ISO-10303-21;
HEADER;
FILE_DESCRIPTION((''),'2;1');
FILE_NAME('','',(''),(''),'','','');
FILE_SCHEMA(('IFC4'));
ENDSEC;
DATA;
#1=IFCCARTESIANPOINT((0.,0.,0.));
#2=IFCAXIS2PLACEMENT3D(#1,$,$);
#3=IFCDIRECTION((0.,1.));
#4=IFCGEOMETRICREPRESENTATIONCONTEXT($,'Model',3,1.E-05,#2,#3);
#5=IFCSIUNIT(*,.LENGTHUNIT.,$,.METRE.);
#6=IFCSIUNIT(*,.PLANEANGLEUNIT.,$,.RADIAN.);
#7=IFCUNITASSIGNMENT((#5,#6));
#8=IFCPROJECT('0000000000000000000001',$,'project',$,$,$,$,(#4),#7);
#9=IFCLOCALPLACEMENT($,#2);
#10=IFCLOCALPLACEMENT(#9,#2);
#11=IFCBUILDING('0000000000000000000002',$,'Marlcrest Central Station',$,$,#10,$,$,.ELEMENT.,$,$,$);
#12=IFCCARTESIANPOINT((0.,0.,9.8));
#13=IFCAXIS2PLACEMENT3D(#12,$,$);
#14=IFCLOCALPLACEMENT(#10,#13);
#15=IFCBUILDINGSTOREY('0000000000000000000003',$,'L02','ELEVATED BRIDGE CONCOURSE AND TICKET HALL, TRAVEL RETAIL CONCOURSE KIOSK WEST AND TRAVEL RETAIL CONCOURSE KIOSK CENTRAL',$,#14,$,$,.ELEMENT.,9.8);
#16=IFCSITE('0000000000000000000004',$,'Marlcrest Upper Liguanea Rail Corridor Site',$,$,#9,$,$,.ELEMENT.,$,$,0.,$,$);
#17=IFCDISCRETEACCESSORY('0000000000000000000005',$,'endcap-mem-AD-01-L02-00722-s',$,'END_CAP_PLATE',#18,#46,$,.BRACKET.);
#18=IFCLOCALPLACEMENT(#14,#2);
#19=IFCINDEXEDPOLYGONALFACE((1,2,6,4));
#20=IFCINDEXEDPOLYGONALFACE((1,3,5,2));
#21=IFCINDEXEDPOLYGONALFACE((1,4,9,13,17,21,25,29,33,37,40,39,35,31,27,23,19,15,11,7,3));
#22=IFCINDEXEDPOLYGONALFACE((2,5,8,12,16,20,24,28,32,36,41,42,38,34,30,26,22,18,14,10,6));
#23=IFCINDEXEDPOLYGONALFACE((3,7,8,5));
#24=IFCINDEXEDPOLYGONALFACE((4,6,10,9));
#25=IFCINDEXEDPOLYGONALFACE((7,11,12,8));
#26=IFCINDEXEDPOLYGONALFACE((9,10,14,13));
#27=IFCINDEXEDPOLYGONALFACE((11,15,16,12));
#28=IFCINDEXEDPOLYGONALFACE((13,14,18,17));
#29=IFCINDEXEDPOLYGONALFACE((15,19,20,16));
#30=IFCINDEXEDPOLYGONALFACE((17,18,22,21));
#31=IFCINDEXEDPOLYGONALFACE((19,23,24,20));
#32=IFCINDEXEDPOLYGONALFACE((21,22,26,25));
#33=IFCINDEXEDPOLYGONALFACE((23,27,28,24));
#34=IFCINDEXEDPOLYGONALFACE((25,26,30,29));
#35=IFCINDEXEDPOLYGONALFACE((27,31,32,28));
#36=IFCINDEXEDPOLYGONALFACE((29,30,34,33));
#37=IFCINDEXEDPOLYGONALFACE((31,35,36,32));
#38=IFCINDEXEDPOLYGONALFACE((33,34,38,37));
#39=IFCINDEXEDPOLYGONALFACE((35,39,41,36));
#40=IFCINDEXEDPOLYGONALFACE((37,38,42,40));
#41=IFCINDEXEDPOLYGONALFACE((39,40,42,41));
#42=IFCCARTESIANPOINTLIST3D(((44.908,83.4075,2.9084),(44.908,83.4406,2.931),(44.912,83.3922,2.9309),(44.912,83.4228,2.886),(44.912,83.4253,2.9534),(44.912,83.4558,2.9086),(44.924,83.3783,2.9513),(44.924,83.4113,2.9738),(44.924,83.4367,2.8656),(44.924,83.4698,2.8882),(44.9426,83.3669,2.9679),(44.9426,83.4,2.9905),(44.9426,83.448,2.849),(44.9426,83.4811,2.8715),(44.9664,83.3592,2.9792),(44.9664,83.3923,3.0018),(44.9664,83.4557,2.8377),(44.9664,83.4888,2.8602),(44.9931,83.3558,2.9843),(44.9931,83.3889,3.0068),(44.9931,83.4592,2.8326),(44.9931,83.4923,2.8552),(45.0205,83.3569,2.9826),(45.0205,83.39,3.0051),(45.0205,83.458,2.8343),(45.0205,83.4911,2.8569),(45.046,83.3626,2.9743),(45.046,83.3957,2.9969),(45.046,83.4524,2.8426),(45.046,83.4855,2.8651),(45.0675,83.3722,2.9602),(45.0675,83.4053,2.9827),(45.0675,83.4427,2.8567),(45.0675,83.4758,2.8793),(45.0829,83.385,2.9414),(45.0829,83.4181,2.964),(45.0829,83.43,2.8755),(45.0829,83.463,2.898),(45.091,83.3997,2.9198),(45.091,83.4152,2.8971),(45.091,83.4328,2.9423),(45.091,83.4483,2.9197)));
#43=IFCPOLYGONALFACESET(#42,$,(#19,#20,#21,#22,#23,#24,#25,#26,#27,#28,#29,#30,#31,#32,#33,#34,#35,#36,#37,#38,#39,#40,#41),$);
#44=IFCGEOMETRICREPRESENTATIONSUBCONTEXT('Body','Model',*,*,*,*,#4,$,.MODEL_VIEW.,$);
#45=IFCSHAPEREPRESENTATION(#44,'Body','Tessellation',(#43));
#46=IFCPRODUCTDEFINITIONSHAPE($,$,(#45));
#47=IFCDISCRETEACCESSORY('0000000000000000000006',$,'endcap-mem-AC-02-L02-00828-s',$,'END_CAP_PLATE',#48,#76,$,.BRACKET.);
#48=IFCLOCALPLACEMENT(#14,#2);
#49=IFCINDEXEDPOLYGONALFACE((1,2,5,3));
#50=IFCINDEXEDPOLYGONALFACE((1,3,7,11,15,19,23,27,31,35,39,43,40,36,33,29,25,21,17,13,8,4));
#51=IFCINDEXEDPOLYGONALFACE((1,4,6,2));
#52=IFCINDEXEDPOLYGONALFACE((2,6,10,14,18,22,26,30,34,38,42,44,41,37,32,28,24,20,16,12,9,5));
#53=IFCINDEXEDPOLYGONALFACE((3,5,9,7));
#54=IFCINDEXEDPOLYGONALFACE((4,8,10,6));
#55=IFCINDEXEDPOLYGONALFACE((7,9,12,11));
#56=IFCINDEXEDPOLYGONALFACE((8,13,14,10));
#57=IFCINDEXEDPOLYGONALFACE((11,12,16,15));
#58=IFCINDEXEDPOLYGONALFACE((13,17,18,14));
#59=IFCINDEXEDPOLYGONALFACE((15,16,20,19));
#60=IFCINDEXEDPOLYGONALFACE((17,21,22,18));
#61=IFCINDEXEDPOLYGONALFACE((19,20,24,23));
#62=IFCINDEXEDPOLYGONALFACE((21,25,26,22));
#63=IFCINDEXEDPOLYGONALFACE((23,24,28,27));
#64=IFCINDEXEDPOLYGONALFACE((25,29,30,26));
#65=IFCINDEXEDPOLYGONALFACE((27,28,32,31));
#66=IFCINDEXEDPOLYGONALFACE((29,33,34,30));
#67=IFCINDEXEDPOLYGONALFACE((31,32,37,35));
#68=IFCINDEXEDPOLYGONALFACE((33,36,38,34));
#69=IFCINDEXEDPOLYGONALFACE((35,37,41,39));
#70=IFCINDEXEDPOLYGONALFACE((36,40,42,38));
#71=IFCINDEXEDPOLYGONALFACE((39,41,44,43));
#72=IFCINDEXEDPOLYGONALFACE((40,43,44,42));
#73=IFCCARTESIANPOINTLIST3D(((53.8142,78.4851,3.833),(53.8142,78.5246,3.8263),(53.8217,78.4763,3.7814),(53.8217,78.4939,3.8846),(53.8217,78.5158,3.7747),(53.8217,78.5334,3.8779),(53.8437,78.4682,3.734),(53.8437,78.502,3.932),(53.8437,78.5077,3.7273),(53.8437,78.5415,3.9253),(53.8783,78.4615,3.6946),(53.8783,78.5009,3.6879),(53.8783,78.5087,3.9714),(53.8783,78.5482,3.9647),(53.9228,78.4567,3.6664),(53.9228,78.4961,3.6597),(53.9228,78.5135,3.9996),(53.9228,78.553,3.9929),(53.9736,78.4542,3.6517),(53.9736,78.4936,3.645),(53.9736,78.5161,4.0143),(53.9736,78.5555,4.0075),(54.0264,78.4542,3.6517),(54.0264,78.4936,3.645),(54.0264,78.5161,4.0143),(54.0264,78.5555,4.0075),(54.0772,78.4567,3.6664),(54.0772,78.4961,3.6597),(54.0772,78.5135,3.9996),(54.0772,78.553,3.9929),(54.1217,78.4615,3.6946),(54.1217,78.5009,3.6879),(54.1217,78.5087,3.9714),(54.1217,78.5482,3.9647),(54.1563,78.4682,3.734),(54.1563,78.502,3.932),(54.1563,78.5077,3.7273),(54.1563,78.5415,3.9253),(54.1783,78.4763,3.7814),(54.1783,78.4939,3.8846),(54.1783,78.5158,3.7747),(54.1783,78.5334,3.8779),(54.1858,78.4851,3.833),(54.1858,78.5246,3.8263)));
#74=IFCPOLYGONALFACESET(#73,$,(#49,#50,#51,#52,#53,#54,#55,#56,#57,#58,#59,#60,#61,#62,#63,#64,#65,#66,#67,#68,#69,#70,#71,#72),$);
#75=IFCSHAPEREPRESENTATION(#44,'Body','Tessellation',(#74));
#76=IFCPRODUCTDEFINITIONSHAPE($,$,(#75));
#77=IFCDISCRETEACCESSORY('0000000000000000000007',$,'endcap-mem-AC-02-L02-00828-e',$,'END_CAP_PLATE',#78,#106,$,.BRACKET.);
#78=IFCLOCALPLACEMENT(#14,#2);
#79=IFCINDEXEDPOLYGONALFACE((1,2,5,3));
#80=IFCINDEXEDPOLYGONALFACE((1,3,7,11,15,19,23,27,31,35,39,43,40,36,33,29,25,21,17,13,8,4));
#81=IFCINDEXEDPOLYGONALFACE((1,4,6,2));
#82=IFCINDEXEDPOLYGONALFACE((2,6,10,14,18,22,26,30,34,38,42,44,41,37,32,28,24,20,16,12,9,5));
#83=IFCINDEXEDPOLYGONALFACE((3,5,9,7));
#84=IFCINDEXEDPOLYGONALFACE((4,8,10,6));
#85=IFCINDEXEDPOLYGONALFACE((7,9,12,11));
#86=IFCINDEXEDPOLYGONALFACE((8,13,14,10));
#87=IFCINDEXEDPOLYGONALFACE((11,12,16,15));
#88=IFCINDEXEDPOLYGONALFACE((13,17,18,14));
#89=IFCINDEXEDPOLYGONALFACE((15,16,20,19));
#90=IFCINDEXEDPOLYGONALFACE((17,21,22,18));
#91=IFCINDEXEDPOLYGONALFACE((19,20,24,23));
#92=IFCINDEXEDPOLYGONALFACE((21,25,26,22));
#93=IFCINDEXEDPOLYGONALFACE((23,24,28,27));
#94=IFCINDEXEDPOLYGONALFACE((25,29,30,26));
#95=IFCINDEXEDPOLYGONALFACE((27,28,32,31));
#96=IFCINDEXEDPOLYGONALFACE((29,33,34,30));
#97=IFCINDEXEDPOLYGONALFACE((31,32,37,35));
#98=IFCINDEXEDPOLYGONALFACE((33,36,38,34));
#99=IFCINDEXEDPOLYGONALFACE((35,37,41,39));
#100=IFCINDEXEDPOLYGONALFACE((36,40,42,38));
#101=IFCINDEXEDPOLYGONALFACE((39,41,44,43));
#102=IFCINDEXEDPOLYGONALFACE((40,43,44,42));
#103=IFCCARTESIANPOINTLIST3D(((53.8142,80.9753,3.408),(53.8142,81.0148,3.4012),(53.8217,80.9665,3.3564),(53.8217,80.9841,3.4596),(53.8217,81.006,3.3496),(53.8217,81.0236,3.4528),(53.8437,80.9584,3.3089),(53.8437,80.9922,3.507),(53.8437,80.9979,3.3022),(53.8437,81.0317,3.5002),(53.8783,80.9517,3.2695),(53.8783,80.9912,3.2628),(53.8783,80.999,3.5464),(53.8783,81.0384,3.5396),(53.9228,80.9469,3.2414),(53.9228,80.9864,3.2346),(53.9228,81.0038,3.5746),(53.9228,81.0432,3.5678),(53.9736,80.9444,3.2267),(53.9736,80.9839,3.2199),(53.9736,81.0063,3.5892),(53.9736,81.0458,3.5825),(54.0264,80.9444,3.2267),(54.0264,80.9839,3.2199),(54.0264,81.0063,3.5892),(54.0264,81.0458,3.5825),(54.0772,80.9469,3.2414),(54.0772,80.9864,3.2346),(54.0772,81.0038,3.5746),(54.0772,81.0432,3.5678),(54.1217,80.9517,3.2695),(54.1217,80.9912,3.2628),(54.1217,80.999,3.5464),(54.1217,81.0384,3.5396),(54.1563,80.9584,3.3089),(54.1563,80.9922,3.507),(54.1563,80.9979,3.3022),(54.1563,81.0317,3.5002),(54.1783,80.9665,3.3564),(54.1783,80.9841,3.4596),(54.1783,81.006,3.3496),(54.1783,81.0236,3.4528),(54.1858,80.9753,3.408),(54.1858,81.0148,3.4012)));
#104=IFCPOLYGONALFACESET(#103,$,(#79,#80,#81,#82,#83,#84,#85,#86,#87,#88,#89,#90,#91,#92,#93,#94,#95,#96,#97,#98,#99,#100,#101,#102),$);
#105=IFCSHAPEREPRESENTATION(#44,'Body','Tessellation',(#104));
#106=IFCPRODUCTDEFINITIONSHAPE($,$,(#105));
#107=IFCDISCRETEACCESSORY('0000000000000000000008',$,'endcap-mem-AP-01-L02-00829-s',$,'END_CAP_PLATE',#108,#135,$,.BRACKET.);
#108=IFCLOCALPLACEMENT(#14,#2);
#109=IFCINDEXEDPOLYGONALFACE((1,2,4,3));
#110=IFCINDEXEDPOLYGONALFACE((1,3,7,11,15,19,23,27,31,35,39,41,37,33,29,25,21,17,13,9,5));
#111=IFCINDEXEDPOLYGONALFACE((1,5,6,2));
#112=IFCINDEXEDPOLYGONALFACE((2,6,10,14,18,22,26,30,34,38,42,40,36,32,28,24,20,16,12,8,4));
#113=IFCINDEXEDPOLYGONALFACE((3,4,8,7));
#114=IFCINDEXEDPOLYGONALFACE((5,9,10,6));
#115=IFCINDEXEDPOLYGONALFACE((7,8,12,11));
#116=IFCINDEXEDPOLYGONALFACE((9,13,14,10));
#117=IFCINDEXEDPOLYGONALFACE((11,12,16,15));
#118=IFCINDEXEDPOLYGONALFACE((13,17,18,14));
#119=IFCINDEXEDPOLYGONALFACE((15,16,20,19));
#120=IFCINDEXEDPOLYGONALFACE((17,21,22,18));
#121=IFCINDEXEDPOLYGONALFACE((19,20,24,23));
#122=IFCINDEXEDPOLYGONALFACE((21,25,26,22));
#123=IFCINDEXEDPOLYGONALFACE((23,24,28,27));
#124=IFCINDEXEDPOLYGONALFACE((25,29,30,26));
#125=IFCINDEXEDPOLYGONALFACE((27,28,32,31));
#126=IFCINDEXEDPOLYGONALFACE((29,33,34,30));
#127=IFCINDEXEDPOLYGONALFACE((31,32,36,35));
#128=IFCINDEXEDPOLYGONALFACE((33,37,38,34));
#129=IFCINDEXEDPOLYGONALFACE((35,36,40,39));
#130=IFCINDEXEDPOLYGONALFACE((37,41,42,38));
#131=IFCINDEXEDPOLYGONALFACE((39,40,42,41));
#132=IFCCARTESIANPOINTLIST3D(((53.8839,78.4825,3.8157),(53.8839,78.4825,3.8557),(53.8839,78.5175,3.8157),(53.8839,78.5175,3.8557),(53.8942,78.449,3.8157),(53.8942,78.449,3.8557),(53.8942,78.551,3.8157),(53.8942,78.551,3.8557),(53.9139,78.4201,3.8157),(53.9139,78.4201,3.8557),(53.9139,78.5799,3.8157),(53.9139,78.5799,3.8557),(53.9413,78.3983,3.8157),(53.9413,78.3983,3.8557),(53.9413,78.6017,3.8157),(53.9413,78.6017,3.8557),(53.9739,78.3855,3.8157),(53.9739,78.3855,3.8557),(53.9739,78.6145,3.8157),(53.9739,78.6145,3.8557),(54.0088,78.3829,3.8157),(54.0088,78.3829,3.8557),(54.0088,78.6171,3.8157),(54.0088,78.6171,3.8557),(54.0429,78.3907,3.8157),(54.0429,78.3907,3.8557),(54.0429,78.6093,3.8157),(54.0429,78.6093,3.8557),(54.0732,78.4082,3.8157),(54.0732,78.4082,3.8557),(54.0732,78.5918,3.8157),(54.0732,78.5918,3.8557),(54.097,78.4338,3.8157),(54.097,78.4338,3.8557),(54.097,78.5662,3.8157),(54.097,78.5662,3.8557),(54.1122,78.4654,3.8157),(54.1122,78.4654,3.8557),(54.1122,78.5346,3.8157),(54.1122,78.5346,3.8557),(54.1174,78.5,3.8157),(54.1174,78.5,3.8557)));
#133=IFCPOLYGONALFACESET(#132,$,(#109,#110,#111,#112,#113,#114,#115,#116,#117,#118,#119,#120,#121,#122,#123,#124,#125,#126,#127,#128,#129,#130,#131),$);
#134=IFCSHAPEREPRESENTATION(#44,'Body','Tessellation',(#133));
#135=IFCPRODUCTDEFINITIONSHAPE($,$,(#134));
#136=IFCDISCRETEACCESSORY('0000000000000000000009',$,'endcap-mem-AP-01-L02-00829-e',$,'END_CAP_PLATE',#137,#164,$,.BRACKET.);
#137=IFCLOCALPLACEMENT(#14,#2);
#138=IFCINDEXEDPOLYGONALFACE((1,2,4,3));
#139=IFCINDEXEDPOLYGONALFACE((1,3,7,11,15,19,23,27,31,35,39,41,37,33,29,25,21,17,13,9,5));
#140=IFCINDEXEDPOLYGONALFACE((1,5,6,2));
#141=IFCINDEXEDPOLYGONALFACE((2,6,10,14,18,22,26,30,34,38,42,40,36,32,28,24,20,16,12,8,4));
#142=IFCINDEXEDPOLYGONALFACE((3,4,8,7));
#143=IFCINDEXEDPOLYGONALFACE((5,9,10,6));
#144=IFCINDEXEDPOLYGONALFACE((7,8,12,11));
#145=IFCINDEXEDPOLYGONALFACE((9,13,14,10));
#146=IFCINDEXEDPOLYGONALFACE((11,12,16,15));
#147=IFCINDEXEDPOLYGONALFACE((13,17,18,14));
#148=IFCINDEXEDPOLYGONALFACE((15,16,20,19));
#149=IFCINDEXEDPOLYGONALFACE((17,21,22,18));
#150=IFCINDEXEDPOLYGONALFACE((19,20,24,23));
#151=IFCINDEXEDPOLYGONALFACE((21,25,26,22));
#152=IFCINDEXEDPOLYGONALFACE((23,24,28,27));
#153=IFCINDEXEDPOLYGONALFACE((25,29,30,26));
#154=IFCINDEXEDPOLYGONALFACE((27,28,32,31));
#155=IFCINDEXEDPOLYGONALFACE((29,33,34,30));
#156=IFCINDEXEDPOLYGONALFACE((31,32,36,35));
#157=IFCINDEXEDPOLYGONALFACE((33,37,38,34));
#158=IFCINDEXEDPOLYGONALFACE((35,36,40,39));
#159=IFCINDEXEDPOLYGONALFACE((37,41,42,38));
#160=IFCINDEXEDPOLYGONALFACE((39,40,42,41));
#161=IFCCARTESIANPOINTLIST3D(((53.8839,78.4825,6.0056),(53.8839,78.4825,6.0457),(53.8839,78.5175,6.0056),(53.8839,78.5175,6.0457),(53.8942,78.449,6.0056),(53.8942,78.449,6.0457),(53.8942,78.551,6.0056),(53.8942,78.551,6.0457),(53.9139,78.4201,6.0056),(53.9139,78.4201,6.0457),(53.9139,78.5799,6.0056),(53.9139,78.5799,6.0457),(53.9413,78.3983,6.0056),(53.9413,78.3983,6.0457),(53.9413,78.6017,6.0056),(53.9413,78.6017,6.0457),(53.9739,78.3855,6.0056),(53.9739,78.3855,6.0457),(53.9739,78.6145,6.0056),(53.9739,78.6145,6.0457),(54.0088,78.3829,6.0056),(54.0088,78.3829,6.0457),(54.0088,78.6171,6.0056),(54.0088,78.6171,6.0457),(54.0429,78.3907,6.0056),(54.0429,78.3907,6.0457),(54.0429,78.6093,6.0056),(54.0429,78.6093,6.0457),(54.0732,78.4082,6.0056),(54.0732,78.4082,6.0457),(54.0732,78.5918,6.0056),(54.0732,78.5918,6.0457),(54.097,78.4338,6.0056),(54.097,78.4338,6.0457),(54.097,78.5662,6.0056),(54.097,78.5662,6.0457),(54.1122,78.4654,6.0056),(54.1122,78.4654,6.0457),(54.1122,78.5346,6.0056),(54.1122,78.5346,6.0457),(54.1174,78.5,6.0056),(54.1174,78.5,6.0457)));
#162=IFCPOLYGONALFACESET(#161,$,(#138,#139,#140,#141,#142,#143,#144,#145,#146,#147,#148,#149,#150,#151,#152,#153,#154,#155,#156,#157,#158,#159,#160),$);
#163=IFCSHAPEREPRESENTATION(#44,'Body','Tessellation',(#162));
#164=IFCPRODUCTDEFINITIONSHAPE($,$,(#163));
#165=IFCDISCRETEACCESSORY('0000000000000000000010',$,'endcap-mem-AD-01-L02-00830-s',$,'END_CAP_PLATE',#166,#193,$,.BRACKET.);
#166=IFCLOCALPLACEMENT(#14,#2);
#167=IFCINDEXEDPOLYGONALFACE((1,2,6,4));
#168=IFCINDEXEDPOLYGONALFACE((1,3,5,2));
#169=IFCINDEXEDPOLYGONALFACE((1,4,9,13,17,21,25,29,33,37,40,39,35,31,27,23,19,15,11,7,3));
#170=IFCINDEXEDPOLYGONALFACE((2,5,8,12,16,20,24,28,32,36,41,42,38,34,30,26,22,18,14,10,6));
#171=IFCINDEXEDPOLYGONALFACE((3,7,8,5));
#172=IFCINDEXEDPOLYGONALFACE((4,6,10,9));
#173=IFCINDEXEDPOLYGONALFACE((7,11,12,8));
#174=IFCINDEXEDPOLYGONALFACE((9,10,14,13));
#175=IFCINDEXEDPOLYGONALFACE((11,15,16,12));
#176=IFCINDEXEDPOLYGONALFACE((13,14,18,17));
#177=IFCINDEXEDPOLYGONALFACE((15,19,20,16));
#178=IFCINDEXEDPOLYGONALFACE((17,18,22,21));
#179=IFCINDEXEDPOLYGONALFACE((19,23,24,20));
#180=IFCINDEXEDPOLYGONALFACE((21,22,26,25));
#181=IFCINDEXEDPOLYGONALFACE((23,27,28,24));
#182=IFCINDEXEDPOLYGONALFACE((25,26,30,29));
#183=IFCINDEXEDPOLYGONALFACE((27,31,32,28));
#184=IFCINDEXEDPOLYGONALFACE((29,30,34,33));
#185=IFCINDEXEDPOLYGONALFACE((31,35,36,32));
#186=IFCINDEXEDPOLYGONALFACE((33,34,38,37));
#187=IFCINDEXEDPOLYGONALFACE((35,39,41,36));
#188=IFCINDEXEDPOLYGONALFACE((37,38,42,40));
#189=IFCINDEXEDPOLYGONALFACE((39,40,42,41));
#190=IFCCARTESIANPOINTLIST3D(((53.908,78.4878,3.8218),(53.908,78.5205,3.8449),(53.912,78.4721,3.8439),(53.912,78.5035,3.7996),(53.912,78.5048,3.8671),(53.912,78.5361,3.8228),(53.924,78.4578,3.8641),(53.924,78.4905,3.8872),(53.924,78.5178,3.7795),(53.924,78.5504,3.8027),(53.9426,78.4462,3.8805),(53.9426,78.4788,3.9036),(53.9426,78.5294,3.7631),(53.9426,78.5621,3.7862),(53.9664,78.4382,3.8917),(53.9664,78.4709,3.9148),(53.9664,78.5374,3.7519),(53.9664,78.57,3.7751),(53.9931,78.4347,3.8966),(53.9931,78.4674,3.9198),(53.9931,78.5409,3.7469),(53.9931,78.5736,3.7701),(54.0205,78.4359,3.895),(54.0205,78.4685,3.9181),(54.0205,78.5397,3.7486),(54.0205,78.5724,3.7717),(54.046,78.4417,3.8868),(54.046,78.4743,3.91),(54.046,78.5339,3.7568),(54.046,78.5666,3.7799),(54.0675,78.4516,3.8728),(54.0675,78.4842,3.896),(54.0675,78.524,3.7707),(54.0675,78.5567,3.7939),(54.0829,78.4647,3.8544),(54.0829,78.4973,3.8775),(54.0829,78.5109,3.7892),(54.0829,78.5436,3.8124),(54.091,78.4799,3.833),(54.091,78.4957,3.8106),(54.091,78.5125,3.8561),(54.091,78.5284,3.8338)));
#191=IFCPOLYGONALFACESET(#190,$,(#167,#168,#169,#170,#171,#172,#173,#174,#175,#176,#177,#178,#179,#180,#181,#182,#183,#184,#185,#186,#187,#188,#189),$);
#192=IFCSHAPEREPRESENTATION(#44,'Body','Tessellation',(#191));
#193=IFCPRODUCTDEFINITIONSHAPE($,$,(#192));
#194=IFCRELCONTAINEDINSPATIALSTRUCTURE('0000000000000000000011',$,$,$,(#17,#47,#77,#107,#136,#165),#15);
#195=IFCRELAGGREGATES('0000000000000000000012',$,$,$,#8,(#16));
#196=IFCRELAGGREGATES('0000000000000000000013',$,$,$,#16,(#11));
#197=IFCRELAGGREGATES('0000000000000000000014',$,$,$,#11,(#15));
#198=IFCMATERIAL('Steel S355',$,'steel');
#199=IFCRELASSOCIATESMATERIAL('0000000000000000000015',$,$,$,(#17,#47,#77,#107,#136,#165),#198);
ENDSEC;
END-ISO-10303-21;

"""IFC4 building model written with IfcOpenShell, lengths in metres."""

from ifc_helpers import new_model, si_unit, direction, frame, origin, origin_2d, place, context, subcontext, project, spatial, circle, extrude, material, element, save


model = new_model("IFC4")

# Units and contexts
model_context = context("Model", 3, precision=1e-05, world=origin(), true_north=direction((0.0, 1.0)))
body_context = subcontext(model_context, "Body", "Model", "MODEL_VIEW")
ifc_project = project(units=[si_unit("LENGTHUNIT", "METRE"), si_unit("PLANEANGLEUNIT", "RADIAN")], contexts=[model_context])

# Site, building, storey
site_placement = place(None, origin())
site = spatial("IfcSite", under=ifc_project, at=site_placement, Name="Marlcrest Upper Liguanea Rail Corridor Site", CompositionType="ELEMENT", RefElevation=0.0)
building_placement = place(site_placement, origin())
building = spatial("IfcBuilding", under=site, at=building_placement, Name="Marlcrest Central Station", CompositionType="ELEMENT")
storey_placement = place(building_placement, frame((0.0, 0.0, 9.8)))
storey = spatial("IfcBuildingStorey", under=building, at=storey_placement, Name="L02", Description="ELEVATED BRIDGE CONCOURSE AND TICKET HALL, TRAVEL RETAIL CONCOURSE KIOSK WEST AND TRAVEL RETAIL CONCOURSE KIOSK CENTRAL", CompositionType="ELEMENT", Elevation=9.8)

# Shared definitions
ifc_material_1 = material(Name="Steel S355", Category="steel")

# Discrete accessories
discrete_accessory_1_placement = place(storey_placement, frame((45.0, 83.4075, 2.9084), z_axis=(0.0, 0.826263, 0.563285), x_axis=(-1.0, 0.0, 0.0)))
element("IfcDiscreteAccessory", 1, at=discrete_accessory_1_placement, inside=storey, material=ifc_material_1, Name="endcap-mem-AD-01-L02-00722-s", ObjectType="END_CAP_PLATE", PredefinedType="BRACKET", context=body_context, shape_type="SweptSolid", body=[
    extrude(circle(Radius=0.092, at=origin_2d()), origin(), (0.0, 0.0, 1.0), 0.04),
])
for number, where, z_axis, x_axis, name in (
    (2, (54.0, 78.4851, 3.833), (0.0, 0.985741, -0.168269), (-1.0, 0.0, 0.0), "endcap-mem-AC-02-L02-00828-s"),
    (3, (54.0, 80.9753, 3.408), (0.0, 0.985741, -0.168269), (-1.0, 0.0, 0.0), "endcap-mem-AC-02-L02-00828-e"),
):
    element("IfcDiscreteAccessory", number, at=place(storey_placement, frame(where, z_axis=z_axis, x_axis=x_axis)), inside=storey, material=ifc_material_1, Name=name, ObjectType="END_CAP_PLATE", PredefinedType="BRACKET", context=body_context, shape_type="SweptSolid", body=[
        extrude(circle(Radius=0.1858, at=origin_2d()), origin(), (0.0, 0.0, 1.0), 0.04),
    ])
for number, where, z_axis, x_axis, name in (
    (4, (54.0, 78.5, 3.8157), (0.0, 0.0, 1.0), (1.0, 0.0, 0.0), "endcap-mem-AP-01-L02-00829-s"),
    (5, (54.0, 78.5, 6.0056), (0.0, 0.0, 1.0), (1.0, 0.0, 0.0), "endcap-mem-AP-01-L02-00829-e"),
):
    element("IfcDiscreteAccessory", number, at=place(storey_placement, frame(where, z_axis=z_axis, x_axis=x_axis)), inside=storey, material=ifc_material_1, Name=name, ObjectType="END_CAP_PLATE", PredefinedType="BRACKET", context=body_context, shape_type="SweptSolid", body=[
        extrude(circle(Radius=0.1174, at=origin_2d()), origin(), (0.0, 0.0, 1.0), 0.04),
    ])
for number, where, z_axis, x_axis, name in (
    (6, (54.0, 78.4878, 3.8218), (0.0, 0.815661, 0.57853), (-1.0, 0.0, 0.0), "endcap-mem-AD-01-L02-00830-s"),
):
    element("IfcDiscreteAccessory", number, at=place(storey_placement, frame(where, z_axis=z_axis, x_axis=x_axis)), inside=storey, material=ifc_material_1, Name=name, ObjectType="END_CAP_PLATE", PredefinedType="BRACKET", context=body_context, shape_type="SweptSolid", body=[
        extrude(circle(Radius=0.092, at=origin_2d()), origin(), (0.0, 0.0, 1.0), 0.04),
    ])

save(model, "model.ifc")
